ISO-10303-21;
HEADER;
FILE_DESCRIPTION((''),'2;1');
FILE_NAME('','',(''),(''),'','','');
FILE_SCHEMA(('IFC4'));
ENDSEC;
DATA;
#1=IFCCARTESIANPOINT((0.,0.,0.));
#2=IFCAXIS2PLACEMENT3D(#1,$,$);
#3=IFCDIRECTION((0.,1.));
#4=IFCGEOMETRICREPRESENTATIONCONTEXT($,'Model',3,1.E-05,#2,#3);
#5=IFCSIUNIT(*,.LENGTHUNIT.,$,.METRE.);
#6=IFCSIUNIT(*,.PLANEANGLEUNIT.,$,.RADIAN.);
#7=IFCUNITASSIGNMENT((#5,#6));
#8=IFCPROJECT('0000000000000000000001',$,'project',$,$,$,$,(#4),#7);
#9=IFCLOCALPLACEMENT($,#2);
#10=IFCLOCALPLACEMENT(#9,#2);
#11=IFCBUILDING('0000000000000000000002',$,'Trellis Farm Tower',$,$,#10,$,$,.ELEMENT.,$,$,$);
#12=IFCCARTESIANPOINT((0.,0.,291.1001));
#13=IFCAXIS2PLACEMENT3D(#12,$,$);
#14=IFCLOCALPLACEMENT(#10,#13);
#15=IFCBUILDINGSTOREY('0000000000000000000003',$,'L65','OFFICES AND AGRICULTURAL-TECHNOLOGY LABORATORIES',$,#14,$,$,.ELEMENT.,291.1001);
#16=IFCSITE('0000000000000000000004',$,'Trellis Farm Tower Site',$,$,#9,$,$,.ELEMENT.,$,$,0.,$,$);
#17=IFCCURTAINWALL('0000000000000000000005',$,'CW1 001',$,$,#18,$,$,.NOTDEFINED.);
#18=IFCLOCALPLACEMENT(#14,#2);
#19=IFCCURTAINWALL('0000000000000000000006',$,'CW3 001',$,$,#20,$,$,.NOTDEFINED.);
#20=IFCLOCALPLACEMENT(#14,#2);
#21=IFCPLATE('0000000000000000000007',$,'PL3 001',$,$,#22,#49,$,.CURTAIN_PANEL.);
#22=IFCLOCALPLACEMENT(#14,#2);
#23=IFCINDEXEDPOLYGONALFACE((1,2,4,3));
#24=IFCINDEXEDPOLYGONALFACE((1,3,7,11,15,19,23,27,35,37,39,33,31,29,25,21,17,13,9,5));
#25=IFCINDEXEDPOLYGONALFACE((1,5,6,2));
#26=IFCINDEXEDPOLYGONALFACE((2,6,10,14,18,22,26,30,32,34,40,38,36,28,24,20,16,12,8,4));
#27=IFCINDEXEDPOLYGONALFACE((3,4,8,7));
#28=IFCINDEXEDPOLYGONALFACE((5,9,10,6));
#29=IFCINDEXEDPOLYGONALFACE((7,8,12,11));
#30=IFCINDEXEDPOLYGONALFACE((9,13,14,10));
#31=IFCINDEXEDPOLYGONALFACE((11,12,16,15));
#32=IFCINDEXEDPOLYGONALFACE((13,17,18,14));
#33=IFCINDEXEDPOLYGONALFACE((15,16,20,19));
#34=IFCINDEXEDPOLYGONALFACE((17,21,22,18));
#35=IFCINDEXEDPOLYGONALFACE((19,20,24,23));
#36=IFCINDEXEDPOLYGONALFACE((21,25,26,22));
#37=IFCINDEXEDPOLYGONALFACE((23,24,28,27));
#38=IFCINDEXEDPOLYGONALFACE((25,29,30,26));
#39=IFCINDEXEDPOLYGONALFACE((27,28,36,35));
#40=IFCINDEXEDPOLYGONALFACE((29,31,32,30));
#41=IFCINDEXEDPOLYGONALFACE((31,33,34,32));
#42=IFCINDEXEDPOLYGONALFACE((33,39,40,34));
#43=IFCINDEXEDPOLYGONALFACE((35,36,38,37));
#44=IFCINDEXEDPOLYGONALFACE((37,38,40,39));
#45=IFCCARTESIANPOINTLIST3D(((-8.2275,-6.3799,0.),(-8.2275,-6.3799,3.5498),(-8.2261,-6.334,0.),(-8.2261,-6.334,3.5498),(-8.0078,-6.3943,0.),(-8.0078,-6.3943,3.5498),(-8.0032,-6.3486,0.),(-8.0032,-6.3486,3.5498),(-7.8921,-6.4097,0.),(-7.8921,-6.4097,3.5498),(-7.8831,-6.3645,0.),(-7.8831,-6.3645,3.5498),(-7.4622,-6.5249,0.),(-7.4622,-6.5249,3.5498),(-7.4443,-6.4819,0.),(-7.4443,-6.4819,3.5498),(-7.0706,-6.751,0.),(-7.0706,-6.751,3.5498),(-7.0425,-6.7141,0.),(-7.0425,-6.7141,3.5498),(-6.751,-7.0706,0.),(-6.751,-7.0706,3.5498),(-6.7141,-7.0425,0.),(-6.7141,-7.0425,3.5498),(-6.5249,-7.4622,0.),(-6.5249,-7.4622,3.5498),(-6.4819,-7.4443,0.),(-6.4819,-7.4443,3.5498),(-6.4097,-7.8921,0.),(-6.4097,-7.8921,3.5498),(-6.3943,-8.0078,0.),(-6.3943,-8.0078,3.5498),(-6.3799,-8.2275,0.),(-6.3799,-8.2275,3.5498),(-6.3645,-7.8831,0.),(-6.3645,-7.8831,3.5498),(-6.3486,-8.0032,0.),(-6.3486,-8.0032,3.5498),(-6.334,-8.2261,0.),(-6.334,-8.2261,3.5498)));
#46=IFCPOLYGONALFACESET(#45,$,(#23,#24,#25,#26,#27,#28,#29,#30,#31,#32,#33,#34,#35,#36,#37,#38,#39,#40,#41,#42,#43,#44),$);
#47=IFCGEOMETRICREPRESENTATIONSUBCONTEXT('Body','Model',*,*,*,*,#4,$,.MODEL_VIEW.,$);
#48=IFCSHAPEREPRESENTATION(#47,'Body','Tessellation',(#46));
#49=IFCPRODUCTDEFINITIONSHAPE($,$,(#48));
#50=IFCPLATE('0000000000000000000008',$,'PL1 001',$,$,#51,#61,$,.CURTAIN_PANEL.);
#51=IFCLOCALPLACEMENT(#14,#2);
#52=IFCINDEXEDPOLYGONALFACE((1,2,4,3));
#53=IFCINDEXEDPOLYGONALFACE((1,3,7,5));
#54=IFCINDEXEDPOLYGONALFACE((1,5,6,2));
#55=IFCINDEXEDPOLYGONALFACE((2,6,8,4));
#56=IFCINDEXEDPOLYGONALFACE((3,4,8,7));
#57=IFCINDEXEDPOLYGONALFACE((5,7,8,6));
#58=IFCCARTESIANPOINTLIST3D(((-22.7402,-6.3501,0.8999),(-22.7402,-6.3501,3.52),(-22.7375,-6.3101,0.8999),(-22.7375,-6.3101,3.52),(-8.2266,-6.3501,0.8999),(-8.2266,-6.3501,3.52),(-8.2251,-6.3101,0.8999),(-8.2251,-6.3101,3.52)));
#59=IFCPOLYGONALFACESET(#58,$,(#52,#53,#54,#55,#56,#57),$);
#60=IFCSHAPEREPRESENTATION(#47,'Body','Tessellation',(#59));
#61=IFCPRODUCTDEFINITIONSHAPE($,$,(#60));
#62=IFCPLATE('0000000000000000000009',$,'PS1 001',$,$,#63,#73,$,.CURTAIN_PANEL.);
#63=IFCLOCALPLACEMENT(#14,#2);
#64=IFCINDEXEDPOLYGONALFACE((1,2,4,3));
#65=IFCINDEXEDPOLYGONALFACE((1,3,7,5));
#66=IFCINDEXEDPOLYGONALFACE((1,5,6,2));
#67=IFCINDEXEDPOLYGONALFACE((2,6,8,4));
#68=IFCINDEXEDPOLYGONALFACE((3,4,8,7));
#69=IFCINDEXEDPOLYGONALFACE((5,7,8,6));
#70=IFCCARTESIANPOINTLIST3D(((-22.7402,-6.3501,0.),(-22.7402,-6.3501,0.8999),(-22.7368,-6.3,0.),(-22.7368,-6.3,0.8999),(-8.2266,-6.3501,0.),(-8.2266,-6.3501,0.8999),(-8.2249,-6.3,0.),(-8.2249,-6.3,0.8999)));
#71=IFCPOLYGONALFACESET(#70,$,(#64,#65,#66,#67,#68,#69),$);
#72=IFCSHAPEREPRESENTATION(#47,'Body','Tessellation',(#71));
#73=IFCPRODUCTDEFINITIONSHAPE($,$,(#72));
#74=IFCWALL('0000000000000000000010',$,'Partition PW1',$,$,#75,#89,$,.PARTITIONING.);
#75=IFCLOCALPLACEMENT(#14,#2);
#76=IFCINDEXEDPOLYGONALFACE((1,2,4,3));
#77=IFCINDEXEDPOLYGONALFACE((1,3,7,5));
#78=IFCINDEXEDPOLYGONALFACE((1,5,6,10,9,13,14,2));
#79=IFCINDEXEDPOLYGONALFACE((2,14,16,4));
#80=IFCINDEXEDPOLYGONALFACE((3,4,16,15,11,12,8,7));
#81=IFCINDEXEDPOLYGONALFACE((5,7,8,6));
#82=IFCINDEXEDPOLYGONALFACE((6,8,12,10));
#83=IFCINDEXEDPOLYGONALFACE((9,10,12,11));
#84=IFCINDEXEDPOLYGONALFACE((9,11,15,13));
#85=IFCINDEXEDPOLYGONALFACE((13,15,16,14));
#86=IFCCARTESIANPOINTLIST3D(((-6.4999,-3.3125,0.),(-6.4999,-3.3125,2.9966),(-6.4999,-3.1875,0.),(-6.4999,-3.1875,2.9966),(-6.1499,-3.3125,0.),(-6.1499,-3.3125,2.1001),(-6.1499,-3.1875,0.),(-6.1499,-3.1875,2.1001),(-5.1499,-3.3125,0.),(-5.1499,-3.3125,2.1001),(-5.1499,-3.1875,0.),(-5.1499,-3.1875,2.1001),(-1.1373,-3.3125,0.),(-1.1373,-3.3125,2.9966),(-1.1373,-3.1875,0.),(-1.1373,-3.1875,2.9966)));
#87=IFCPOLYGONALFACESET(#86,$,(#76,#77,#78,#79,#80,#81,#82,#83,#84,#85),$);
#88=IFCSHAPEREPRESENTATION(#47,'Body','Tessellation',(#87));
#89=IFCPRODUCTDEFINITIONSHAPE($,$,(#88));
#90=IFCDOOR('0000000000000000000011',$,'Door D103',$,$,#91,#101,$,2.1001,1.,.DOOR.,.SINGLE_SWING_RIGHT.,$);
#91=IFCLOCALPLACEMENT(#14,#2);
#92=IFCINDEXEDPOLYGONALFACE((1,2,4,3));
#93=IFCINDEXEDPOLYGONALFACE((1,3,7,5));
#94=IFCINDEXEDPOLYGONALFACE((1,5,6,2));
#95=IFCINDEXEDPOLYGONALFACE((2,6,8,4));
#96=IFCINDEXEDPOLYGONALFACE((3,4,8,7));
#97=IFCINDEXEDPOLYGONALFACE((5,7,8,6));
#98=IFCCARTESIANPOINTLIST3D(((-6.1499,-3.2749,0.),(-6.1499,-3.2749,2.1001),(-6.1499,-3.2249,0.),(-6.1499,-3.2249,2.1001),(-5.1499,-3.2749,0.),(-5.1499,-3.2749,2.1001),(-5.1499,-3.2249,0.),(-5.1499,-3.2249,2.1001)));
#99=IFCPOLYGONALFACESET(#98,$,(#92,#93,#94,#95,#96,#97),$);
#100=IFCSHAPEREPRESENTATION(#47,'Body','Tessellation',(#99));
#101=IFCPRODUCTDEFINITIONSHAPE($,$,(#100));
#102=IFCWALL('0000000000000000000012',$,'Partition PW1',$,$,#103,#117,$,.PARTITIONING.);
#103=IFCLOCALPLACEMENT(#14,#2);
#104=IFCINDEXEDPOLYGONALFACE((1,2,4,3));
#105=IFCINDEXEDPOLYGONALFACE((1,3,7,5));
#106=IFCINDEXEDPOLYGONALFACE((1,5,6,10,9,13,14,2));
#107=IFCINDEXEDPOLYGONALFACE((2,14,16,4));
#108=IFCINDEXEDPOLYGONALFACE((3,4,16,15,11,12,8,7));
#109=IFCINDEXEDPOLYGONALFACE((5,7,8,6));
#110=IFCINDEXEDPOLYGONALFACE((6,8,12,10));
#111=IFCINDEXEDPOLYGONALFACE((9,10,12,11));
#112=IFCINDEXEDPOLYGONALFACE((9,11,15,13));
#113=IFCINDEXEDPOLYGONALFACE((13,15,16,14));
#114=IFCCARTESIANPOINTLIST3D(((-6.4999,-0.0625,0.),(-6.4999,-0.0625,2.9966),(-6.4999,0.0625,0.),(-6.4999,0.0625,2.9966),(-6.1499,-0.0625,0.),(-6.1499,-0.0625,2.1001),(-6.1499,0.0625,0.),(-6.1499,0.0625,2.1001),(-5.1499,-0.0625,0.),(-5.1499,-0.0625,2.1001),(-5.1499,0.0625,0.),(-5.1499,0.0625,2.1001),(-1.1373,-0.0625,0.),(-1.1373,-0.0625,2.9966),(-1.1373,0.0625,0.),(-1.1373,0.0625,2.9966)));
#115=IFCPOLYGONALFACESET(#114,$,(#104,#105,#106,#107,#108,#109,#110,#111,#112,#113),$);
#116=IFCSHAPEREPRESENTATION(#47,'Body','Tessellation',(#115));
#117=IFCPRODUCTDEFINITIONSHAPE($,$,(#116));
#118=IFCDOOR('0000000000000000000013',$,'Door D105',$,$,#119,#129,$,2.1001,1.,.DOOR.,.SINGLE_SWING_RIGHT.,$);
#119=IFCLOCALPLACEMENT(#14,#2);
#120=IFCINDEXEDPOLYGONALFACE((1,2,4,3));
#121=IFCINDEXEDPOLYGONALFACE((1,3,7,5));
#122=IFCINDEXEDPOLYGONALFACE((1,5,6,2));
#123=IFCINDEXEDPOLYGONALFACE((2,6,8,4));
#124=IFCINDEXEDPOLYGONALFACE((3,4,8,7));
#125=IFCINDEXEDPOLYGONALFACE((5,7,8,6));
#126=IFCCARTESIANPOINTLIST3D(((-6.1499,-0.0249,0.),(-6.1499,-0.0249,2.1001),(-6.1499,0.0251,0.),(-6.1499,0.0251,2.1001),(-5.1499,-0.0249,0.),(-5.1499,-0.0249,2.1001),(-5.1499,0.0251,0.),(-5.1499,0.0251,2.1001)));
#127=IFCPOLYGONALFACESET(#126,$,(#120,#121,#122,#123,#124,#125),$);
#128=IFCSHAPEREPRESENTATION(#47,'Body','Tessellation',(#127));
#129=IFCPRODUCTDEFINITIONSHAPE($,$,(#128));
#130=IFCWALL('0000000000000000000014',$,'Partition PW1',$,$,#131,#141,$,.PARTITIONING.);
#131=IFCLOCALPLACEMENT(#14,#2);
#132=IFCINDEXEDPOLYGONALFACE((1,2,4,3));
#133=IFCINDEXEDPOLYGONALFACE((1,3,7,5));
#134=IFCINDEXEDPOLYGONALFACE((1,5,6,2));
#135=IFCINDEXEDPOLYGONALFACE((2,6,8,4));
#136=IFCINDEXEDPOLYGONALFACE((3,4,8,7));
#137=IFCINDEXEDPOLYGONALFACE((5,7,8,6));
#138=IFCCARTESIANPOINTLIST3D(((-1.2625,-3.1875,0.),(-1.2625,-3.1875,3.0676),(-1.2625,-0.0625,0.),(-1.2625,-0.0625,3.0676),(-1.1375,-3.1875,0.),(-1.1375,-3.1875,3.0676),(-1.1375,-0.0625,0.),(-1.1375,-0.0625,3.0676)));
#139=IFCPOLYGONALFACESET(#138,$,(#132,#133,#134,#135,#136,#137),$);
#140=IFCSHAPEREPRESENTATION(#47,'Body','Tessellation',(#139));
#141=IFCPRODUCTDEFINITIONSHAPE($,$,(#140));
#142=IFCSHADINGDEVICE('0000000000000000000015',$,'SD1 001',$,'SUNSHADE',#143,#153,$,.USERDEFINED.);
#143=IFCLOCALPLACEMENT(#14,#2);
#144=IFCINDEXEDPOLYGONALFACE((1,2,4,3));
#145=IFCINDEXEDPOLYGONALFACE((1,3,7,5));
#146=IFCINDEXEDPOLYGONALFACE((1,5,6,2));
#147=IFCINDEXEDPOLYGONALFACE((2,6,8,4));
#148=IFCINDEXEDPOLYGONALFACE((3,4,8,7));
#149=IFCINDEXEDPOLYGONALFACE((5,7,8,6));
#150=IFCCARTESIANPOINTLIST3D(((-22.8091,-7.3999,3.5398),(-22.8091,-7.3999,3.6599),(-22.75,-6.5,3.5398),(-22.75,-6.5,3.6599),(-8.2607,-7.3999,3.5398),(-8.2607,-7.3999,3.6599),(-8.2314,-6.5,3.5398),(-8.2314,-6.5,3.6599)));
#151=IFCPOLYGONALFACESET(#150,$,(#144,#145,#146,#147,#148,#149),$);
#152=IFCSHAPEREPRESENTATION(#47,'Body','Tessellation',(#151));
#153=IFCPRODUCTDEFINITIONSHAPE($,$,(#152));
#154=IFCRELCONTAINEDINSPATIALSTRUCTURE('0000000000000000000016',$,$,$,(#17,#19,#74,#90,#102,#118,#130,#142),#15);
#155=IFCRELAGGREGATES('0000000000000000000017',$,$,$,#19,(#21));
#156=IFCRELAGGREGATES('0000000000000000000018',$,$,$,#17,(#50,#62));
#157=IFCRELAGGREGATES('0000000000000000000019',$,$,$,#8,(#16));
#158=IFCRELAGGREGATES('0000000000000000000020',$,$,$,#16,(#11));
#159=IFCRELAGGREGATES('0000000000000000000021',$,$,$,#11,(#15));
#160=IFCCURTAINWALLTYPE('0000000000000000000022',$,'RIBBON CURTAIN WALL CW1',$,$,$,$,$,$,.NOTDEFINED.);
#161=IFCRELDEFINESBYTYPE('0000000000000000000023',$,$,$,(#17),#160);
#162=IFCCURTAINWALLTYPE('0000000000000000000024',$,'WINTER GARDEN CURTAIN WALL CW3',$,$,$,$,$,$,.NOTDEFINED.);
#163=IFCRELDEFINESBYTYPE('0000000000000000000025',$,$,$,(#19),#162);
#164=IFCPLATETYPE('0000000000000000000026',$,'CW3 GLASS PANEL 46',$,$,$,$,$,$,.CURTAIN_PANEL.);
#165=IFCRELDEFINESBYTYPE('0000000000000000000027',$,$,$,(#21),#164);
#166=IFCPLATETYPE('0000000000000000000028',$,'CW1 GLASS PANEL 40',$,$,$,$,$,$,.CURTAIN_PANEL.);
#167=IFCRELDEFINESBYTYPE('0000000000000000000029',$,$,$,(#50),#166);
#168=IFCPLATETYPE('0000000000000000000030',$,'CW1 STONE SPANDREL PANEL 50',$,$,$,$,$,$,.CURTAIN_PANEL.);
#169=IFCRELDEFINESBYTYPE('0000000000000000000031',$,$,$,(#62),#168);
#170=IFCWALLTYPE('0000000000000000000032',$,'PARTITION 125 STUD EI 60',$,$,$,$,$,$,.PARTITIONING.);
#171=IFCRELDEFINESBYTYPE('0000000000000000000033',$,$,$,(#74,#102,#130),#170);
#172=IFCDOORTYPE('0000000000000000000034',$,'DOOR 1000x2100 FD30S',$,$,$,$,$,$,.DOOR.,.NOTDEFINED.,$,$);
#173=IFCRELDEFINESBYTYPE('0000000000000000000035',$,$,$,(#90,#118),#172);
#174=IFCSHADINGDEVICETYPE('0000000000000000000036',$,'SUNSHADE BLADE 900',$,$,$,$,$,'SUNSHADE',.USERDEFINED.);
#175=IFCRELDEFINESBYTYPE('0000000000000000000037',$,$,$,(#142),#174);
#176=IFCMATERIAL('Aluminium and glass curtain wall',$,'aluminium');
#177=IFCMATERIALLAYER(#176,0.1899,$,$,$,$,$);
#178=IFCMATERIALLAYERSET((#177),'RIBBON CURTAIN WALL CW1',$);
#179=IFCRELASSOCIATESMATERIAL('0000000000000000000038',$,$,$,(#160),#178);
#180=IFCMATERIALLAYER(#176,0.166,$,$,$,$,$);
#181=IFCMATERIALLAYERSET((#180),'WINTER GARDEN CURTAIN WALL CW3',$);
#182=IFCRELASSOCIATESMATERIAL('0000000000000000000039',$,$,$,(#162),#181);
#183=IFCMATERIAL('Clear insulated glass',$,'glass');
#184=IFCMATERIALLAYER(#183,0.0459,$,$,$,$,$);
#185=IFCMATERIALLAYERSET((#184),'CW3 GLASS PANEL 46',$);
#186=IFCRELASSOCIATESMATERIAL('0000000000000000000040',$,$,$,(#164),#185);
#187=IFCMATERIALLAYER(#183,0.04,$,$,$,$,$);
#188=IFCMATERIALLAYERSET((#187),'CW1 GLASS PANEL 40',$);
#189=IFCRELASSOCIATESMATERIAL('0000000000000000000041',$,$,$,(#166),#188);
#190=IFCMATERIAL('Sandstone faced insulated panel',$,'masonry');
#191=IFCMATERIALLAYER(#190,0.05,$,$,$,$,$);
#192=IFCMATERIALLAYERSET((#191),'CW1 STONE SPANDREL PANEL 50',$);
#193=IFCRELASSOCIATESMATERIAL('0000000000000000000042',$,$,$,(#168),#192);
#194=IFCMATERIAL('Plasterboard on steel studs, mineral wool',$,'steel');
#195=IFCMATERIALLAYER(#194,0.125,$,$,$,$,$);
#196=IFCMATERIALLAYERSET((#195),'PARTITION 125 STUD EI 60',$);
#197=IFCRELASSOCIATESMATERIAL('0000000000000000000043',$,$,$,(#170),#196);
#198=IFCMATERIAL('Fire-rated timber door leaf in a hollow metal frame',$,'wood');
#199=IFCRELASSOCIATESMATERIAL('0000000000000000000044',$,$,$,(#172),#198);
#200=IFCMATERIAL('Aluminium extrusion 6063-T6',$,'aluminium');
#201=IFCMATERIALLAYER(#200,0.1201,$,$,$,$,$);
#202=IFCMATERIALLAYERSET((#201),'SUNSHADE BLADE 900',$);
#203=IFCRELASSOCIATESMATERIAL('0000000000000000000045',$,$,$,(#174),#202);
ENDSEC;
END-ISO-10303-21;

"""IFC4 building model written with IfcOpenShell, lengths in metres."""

from ifc_helpers import new_model, si_unit, direction, frame, frame_2d, origin, place, context, subcontext, project, spatial, polyline, rectangle, outline, extrude, source, transform, mapped, material, layer, layer_set, type_object, element, fill, aggregate, save


model = new_model("IFC4")

# Units and contexts
model_context = context("Model", 3, precision=1e-05, world=origin(), true_north=direction((0.0, 1.0)))
body_context = subcontext(model_context, "Body", "Model", "MODEL_VIEW")
ifc_project = project(units=[si_unit("LENGTHUNIT", "METRE"), si_unit("PLANEANGLEUNIT", "RADIAN")], contexts=[model_context])

# Site, building, storey
site_placement = place(None, origin())
site = spatial("IfcSite", under=ifc_project, at=site_placement, Name="Trellis Farm Tower Site", CompositionType="ELEMENT", RefElevation=0.0)
building_placement = place(site_placement, origin())
building = spatial("IfcBuilding", under=site, at=building_placement, Name="Trellis Farm Tower", CompositionType="ELEMENT")
storey_placement = place(building_placement, frame((0.0, 0.0, 291.1001)))
storey = spatial("IfcBuildingStorey", under=building, at=storey_placement, Name="L65", Description="OFFICES AND AGRICULTURAL-TECHNOLOGY LABORATORIES", CompositionType="ELEMENT", Elevation=291.1001)

# Curtain wall
ifc_material_1 = material(Name="Aluminium and glass curtain wall", Category="aluminium")
ifc_layer_1 = layer(ifc_material_1, 0.1899)
ifc_layer_set_1 = layer_set([ifc_layer_1], Name="RIBBON CURTAIN WALL CW1")
curtain_wall_type_1 = type_object("IfcCurtainWallType", Name="RIBBON CURTAIN WALL CW1", PredefinedType="NOTDEFINED", material=ifc_layer_set_1)
placement_1 = place(storey_placement, origin())
curtain_wall_1 = element("IfcCurtainWall", 1, at=placement_1, inside=storey, type_object=curtain_wall_type_1, Name="CW1 001", PredefinedType="NOTDEFINED")
ifc_material_2 = material(Name="Aluminium extrusion 6063-T6", Category="aluminium")

# Curtain wall, plate
ifc_layer_2 = layer(ifc_material_1, 0.166)
ifc_layer_set_2 = layer_set([ifc_layer_2], Name="WINTER GARDEN CURTAIN WALL CW3")
curtain_wall_type_2 = type_object("IfcCurtainWallType", Name="WINTER GARDEN CURTAIN WALL CW3", PredefinedType="NOTDEFINED", material=ifc_layer_set_2)
curtain_wall_2 = element("IfcCurtainWall", 2, at=placement_1, inside=storey, type_object=curtain_wall_type_2, Name="CW3 001", PredefinedType="NOTDEFINED")
ifc_material_3 = material(Name="Clear insulated glass", Category="glass")
ifc_layer_3 = layer(ifc_material_3, 0.0459)
ifc_layer_set_3 = layer_set([ifc_layer_3], Name="CW3 GLASS PANEL 46")
plate_type_1 = type_object("IfcPlateType", Name="CW3 GLASS PANEL 46", PredefinedType="CURTAIN_PANEL", material=ifc_layer_set_3)
shared_shape_1 = source(origin(), body_context, "Body", "SweptSolid", [
    extrude(outline(polyline([(-8.2275, -6.3799), (-8.0078, -6.3943), (-7.8921, -6.4097), (-7.4622, -6.5249), (-7.0706, -6.751), (-6.751, -7.0706), (-6.5249, -7.4622), (-6.4097, -7.8921), (-6.3943, -8.0078), (-6.3799, -8.2275), (-6.334, -8.2261), (-6.3486, -8.0032), (-6.3645, -7.8831), (-6.4819, -7.4443), (-6.7141, -7.0425), (-7.0425, -6.7141), (-7.4443, -6.4819), (-7.8831, -6.3645), (-8.0032, -6.3486), (-8.2261, -6.334), (-8.2275, -6.3799)])), origin(), (0.0, 0.0, 1.0), 3.5498),
])
plate_1 = element("IfcPlate", 3, at=placement_1, type_object=plate_type_1, Name="PL3 001", PredefinedType="CURTAIN_PANEL", context=body_context, shape_type="MappedRepresentation", body=[
    mapped(shared_shape_1, transform((0.0, 0.0, 0.0))),
])
aggregate(curtain_wall_2, [plate_1])

# Plates
ifc_layer_4 = layer(ifc_material_3, 0.04)
ifc_layer_set_4 = layer_set([ifc_layer_4], Name="CW1 GLASS PANEL 40")
plate_type_2 = type_object("IfcPlateType", Name="CW1 GLASS PANEL 40", PredefinedType="CURTAIN_PANEL", material=ifc_layer_set_4)
shared_shape_2 = source(origin(), body_context, "Body", "SweptSolid", [
    extrude(outline(polyline([(-22.7402, -6.3501), (-8.2266, -6.3501), (-8.2251, -6.3101), (-22.7375, -6.3101), (-22.7402, -6.3501)])), origin(), (0.0, 0.0, 1.0), 2.6201),
])
plate_2_placement = place(storey_placement, frame((0.0, 0.0, 0.8999)))
plate_2 = element("IfcPlate", 4, at=plate_2_placement, type_object=plate_type_2, Name="PL1 001", PredefinedType="CURTAIN_PANEL", context=body_context, shape_type="MappedRepresentation", body=[
    mapped(shared_shape_2, transform((0.0, 0.0, 0.0))),
])
ifc_material_4 = material(Name="Sandstone faced insulated panel", Category="masonry")
ifc_layer_5 = layer(ifc_material_4, 0.05)
ifc_layer_set_5 = layer_set([ifc_layer_5], Name="CW1 STONE SPANDREL PANEL 50")
plate_type_3 = type_object("IfcPlateType", Name="CW1 STONE SPANDREL PANEL 50", PredefinedType="CURTAIN_PANEL", material=ifc_layer_set_5)
shared_shape_3 = source(origin(), body_context, "Body", "SweptSolid", [
    extrude(outline(polyline([(-22.7402, -6.3501), (-8.2266, -6.3501), (-8.2249, -6.3), (-22.7368, -6.3), (-22.7402, -6.3501)])), origin(), (0.0, 0.0, 1.0), 0.8999),
])
plate_3 = element("IfcPlate", 5, at=placement_1, type_object=plate_type_3, Name="PS1 001", PredefinedType="CURTAIN_PANEL", context=body_context, shape_type="MappedRepresentation", body=[
    mapped(shared_shape_3, transform((0.0, 0.0, 0.0))),
])
aggregate(curtain_wall_1, [plate_2, plate_3])

# Walls, openings, doors
ifc_material_5 = material(Name="Plasterboard on steel studs, mineral wool", Category="steel")
ifc_layer_6 = layer(ifc_material_5, 0.125)
ifc_layer_set_6 = layer_set([ifc_layer_6], Name="PARTITION 125 STUD EI 60")
wall_type = type_object("IfcWallType", Name="PARTITION 125 STUD EI 60", PredefinedType="PARTITIONING", material=ifc_layer_set_6)
shared_shape_4 = source(origin(), body_context, "Body", "SweptSolid", [
    extrude(rectangle(XDim=5.3625, YDim=0.125, at=frame_2d((2.6812, 0.0))), origin(), (0.0, 0.0, 1.0), 2.9966),
])
wall_1_placement = place(storey_placement, frame((-1.1375, -3.25, 0.0), z_axis=(0.0, 0.0, 1.0), x_axis=(-1.0, 0.0, 0.0)))
wall_1 = element("IfcWall", 6, at=wall_1_placement, inside=storey, type_object=wall_type, Name="Partition PW1", PredefinedType="PARTITIONING", context=body_context, shape_type="MappedRepresentation", body=[
    mapped(shared_shape_4, transform((0.0, 0.0, 0.0))),
])
shared_shape_5 = source(origin(), body_context, "Body", "SweptSolid", [
    extrude(rectangle(XDim=1.0, YDim=2.1001, at=frame_2d((0.5, 1.05))), frame((0.0, 0.0725, 0.0), z_axis=(0.0, -1.0, 0.0), x_axis=(1.0, 0.0, 0.0)), (0.0, 0.0, 1.0), 0.145),
])
opening_1_placement = place(wall_1_placement, frame((4.0125, 0.0, 0.0)))
opening_1 = element("IfcOpeningElement", 7, at=opening_1_placement, cuts=wall_1, PredefinedType="OPENING", context=body_context, shape_type="MappedRepresentation", body=[
    mapped(shared_shape_5, transform((0.0, 0.0, 0.0))),
])
ifc_material_6 = material(Name="Fire-rated timber door leaf in a hollow metal frame", Category="wood")
door_type = type_object("IfcDoorType", Name="DOOR 1000x2100 FD30S", OperationType="NOTDEFINED", PredefinedType="DOOR", material=ifc_material_6)
shared_shape_6 = source(origin(), body_context, "Body", "SweptSolid", [
    extrude(rectangle(XDim=1.0, YDim=2.1001, at=frame_2d((0.5, 1.05))), frame((0.0, 0.0249, 0.0), z_axis=(0.0, -1.0, 0.0), x_axis=(1.0, 0.0, 0.0)), (0.0, 0.0, 1.0), 0.05),
])
door_1_placement = place(opening_1_placement, origin())
door_1 = element("IfcDoor", 8, at=door_1_placement, inside=storey, type_object=door_type, Name="Door D103", OperationType="SINGLE_SWING_RIGHT", OverallHeight=2.1001, OverallWidth=1.0, PredefinedType="DOOR", context=body_context, shape_type="MappedRepresentation", body=[
    mapped(shared_shape_6, transform((0.0, 0.0, 0.0))),
])
fill(opening_1, door_1)
wall_2_placement = place(storey_placement, frame((-1.1375, 0.0, 0.0), z_axis=(0.0, 0.0, 1.0), x_axis=(-1.0, 0.0, 0.0)))
wall_2 = element("IfcWall", 9, at=wall_2_placement, inside=storey, type_object=wall_type, Name="Partition PW1", PredefinedType="PARTITIONING", context=body_context, shape_type="MappedRepresentation", body=[
    mapped(shared_shape_4, transform((0.0, 0.0, 0.0))),
])
opening_2_placement = place(wall_2_placement, frame((4.0125, 0.0, 0.0)))
opening_2 = element("IfcOpeningElement", 10, at=opening_2_placement, cuts=wall_2, PredefinedType="OPENING", context=body_context, shape_type="MappedRepresentation", body=[
    mapped(shared_shape_5, transform((0.0, 0.0, 0.0))),
])
door_2_placement = place(opening_2_placement, origin())
door_2 = element("IfcDoor", 11, at=door_2_placement, inside=storey, type_object=door_type, Name="Door D105", OperationType="SINGLE_SWING_RIGHT", OverallHeight=2.1001, OverallWidth=1.0, PredefinedType="DOOR", context=body_context, shape_type="MappedRepresentation", body=[
    mapped(shared_shape_6, transform((0.0, 0.0, 0.0))),
])
fill(opening_2, door_2)

# Wall
shared_shape_7 = source(origin(), body_context, "Body", "SweptSolid", [
    extrude(rectangle(XDim=3.125, YDim=0.125, at=frame_2d((1.5625, 0.0))), origin(), (0.0, 0.0, 1.0), 3.0676),
])
wall_3_placement = place(storey_placement, frame((-1.2, -0.0625, 0.0), z_axis=(0.0, 0.0, 1.0), x_axis=(0.0, -1.0, 0.0)))
element("IfcWall", 12, at=wall_3_placement, inside=storey, type_object=wall_type, Name="Partition PW1", PredefinedType="PARTITIONING", context=body_context, shape_type="MappedRepresentation", body=[
    mapped(shared_shape_7, transform((0.0, 0.0, 0.0))),
])

# Shading device
ifc_layer_7 = layer(ifc_material_2, 0.1201)
ifc_layer_set_7 = layer_set([ifc_layer_7], Name="SUNSHADE BLADE 900")
shading_device_type = type_object("IfcShadingDeviceType", Name="SUNSHADE BLADE 900", ElementType="SUNSHADE", PredefinedType="USERDEFINED", material=ifc_layer_set_7)
shared_shape_8 = source(origin(), body_context, "Body", "SweptSolid", [
    extrude(outline(polyline([(-22.8091, -7.3999), (-8.2607, -7.3999), (-8.2314, -6.5), (-22.75, -6.5), (-22.8091, -7.3999)])), origin(), (0.0, 0.0, 1.0), 0.1201),
])
shading_device_placement = place(storey_placement, frame((0.0, 0.0, 3.5398)))
element("IfcShadingDevice", 13, at=shading_device_placement, inside=storey, type_object=shading_device_type, Name="SD1 001", ObjectType="SUNSHADE", PredefinedType="USERDEFINED", context=body_context, shape_type="MappedRepresentation", body=[
    mapped(shared_shape_8, transform((0.0, 0.0, 0.0))),
])

save(model, "model.ifc")
